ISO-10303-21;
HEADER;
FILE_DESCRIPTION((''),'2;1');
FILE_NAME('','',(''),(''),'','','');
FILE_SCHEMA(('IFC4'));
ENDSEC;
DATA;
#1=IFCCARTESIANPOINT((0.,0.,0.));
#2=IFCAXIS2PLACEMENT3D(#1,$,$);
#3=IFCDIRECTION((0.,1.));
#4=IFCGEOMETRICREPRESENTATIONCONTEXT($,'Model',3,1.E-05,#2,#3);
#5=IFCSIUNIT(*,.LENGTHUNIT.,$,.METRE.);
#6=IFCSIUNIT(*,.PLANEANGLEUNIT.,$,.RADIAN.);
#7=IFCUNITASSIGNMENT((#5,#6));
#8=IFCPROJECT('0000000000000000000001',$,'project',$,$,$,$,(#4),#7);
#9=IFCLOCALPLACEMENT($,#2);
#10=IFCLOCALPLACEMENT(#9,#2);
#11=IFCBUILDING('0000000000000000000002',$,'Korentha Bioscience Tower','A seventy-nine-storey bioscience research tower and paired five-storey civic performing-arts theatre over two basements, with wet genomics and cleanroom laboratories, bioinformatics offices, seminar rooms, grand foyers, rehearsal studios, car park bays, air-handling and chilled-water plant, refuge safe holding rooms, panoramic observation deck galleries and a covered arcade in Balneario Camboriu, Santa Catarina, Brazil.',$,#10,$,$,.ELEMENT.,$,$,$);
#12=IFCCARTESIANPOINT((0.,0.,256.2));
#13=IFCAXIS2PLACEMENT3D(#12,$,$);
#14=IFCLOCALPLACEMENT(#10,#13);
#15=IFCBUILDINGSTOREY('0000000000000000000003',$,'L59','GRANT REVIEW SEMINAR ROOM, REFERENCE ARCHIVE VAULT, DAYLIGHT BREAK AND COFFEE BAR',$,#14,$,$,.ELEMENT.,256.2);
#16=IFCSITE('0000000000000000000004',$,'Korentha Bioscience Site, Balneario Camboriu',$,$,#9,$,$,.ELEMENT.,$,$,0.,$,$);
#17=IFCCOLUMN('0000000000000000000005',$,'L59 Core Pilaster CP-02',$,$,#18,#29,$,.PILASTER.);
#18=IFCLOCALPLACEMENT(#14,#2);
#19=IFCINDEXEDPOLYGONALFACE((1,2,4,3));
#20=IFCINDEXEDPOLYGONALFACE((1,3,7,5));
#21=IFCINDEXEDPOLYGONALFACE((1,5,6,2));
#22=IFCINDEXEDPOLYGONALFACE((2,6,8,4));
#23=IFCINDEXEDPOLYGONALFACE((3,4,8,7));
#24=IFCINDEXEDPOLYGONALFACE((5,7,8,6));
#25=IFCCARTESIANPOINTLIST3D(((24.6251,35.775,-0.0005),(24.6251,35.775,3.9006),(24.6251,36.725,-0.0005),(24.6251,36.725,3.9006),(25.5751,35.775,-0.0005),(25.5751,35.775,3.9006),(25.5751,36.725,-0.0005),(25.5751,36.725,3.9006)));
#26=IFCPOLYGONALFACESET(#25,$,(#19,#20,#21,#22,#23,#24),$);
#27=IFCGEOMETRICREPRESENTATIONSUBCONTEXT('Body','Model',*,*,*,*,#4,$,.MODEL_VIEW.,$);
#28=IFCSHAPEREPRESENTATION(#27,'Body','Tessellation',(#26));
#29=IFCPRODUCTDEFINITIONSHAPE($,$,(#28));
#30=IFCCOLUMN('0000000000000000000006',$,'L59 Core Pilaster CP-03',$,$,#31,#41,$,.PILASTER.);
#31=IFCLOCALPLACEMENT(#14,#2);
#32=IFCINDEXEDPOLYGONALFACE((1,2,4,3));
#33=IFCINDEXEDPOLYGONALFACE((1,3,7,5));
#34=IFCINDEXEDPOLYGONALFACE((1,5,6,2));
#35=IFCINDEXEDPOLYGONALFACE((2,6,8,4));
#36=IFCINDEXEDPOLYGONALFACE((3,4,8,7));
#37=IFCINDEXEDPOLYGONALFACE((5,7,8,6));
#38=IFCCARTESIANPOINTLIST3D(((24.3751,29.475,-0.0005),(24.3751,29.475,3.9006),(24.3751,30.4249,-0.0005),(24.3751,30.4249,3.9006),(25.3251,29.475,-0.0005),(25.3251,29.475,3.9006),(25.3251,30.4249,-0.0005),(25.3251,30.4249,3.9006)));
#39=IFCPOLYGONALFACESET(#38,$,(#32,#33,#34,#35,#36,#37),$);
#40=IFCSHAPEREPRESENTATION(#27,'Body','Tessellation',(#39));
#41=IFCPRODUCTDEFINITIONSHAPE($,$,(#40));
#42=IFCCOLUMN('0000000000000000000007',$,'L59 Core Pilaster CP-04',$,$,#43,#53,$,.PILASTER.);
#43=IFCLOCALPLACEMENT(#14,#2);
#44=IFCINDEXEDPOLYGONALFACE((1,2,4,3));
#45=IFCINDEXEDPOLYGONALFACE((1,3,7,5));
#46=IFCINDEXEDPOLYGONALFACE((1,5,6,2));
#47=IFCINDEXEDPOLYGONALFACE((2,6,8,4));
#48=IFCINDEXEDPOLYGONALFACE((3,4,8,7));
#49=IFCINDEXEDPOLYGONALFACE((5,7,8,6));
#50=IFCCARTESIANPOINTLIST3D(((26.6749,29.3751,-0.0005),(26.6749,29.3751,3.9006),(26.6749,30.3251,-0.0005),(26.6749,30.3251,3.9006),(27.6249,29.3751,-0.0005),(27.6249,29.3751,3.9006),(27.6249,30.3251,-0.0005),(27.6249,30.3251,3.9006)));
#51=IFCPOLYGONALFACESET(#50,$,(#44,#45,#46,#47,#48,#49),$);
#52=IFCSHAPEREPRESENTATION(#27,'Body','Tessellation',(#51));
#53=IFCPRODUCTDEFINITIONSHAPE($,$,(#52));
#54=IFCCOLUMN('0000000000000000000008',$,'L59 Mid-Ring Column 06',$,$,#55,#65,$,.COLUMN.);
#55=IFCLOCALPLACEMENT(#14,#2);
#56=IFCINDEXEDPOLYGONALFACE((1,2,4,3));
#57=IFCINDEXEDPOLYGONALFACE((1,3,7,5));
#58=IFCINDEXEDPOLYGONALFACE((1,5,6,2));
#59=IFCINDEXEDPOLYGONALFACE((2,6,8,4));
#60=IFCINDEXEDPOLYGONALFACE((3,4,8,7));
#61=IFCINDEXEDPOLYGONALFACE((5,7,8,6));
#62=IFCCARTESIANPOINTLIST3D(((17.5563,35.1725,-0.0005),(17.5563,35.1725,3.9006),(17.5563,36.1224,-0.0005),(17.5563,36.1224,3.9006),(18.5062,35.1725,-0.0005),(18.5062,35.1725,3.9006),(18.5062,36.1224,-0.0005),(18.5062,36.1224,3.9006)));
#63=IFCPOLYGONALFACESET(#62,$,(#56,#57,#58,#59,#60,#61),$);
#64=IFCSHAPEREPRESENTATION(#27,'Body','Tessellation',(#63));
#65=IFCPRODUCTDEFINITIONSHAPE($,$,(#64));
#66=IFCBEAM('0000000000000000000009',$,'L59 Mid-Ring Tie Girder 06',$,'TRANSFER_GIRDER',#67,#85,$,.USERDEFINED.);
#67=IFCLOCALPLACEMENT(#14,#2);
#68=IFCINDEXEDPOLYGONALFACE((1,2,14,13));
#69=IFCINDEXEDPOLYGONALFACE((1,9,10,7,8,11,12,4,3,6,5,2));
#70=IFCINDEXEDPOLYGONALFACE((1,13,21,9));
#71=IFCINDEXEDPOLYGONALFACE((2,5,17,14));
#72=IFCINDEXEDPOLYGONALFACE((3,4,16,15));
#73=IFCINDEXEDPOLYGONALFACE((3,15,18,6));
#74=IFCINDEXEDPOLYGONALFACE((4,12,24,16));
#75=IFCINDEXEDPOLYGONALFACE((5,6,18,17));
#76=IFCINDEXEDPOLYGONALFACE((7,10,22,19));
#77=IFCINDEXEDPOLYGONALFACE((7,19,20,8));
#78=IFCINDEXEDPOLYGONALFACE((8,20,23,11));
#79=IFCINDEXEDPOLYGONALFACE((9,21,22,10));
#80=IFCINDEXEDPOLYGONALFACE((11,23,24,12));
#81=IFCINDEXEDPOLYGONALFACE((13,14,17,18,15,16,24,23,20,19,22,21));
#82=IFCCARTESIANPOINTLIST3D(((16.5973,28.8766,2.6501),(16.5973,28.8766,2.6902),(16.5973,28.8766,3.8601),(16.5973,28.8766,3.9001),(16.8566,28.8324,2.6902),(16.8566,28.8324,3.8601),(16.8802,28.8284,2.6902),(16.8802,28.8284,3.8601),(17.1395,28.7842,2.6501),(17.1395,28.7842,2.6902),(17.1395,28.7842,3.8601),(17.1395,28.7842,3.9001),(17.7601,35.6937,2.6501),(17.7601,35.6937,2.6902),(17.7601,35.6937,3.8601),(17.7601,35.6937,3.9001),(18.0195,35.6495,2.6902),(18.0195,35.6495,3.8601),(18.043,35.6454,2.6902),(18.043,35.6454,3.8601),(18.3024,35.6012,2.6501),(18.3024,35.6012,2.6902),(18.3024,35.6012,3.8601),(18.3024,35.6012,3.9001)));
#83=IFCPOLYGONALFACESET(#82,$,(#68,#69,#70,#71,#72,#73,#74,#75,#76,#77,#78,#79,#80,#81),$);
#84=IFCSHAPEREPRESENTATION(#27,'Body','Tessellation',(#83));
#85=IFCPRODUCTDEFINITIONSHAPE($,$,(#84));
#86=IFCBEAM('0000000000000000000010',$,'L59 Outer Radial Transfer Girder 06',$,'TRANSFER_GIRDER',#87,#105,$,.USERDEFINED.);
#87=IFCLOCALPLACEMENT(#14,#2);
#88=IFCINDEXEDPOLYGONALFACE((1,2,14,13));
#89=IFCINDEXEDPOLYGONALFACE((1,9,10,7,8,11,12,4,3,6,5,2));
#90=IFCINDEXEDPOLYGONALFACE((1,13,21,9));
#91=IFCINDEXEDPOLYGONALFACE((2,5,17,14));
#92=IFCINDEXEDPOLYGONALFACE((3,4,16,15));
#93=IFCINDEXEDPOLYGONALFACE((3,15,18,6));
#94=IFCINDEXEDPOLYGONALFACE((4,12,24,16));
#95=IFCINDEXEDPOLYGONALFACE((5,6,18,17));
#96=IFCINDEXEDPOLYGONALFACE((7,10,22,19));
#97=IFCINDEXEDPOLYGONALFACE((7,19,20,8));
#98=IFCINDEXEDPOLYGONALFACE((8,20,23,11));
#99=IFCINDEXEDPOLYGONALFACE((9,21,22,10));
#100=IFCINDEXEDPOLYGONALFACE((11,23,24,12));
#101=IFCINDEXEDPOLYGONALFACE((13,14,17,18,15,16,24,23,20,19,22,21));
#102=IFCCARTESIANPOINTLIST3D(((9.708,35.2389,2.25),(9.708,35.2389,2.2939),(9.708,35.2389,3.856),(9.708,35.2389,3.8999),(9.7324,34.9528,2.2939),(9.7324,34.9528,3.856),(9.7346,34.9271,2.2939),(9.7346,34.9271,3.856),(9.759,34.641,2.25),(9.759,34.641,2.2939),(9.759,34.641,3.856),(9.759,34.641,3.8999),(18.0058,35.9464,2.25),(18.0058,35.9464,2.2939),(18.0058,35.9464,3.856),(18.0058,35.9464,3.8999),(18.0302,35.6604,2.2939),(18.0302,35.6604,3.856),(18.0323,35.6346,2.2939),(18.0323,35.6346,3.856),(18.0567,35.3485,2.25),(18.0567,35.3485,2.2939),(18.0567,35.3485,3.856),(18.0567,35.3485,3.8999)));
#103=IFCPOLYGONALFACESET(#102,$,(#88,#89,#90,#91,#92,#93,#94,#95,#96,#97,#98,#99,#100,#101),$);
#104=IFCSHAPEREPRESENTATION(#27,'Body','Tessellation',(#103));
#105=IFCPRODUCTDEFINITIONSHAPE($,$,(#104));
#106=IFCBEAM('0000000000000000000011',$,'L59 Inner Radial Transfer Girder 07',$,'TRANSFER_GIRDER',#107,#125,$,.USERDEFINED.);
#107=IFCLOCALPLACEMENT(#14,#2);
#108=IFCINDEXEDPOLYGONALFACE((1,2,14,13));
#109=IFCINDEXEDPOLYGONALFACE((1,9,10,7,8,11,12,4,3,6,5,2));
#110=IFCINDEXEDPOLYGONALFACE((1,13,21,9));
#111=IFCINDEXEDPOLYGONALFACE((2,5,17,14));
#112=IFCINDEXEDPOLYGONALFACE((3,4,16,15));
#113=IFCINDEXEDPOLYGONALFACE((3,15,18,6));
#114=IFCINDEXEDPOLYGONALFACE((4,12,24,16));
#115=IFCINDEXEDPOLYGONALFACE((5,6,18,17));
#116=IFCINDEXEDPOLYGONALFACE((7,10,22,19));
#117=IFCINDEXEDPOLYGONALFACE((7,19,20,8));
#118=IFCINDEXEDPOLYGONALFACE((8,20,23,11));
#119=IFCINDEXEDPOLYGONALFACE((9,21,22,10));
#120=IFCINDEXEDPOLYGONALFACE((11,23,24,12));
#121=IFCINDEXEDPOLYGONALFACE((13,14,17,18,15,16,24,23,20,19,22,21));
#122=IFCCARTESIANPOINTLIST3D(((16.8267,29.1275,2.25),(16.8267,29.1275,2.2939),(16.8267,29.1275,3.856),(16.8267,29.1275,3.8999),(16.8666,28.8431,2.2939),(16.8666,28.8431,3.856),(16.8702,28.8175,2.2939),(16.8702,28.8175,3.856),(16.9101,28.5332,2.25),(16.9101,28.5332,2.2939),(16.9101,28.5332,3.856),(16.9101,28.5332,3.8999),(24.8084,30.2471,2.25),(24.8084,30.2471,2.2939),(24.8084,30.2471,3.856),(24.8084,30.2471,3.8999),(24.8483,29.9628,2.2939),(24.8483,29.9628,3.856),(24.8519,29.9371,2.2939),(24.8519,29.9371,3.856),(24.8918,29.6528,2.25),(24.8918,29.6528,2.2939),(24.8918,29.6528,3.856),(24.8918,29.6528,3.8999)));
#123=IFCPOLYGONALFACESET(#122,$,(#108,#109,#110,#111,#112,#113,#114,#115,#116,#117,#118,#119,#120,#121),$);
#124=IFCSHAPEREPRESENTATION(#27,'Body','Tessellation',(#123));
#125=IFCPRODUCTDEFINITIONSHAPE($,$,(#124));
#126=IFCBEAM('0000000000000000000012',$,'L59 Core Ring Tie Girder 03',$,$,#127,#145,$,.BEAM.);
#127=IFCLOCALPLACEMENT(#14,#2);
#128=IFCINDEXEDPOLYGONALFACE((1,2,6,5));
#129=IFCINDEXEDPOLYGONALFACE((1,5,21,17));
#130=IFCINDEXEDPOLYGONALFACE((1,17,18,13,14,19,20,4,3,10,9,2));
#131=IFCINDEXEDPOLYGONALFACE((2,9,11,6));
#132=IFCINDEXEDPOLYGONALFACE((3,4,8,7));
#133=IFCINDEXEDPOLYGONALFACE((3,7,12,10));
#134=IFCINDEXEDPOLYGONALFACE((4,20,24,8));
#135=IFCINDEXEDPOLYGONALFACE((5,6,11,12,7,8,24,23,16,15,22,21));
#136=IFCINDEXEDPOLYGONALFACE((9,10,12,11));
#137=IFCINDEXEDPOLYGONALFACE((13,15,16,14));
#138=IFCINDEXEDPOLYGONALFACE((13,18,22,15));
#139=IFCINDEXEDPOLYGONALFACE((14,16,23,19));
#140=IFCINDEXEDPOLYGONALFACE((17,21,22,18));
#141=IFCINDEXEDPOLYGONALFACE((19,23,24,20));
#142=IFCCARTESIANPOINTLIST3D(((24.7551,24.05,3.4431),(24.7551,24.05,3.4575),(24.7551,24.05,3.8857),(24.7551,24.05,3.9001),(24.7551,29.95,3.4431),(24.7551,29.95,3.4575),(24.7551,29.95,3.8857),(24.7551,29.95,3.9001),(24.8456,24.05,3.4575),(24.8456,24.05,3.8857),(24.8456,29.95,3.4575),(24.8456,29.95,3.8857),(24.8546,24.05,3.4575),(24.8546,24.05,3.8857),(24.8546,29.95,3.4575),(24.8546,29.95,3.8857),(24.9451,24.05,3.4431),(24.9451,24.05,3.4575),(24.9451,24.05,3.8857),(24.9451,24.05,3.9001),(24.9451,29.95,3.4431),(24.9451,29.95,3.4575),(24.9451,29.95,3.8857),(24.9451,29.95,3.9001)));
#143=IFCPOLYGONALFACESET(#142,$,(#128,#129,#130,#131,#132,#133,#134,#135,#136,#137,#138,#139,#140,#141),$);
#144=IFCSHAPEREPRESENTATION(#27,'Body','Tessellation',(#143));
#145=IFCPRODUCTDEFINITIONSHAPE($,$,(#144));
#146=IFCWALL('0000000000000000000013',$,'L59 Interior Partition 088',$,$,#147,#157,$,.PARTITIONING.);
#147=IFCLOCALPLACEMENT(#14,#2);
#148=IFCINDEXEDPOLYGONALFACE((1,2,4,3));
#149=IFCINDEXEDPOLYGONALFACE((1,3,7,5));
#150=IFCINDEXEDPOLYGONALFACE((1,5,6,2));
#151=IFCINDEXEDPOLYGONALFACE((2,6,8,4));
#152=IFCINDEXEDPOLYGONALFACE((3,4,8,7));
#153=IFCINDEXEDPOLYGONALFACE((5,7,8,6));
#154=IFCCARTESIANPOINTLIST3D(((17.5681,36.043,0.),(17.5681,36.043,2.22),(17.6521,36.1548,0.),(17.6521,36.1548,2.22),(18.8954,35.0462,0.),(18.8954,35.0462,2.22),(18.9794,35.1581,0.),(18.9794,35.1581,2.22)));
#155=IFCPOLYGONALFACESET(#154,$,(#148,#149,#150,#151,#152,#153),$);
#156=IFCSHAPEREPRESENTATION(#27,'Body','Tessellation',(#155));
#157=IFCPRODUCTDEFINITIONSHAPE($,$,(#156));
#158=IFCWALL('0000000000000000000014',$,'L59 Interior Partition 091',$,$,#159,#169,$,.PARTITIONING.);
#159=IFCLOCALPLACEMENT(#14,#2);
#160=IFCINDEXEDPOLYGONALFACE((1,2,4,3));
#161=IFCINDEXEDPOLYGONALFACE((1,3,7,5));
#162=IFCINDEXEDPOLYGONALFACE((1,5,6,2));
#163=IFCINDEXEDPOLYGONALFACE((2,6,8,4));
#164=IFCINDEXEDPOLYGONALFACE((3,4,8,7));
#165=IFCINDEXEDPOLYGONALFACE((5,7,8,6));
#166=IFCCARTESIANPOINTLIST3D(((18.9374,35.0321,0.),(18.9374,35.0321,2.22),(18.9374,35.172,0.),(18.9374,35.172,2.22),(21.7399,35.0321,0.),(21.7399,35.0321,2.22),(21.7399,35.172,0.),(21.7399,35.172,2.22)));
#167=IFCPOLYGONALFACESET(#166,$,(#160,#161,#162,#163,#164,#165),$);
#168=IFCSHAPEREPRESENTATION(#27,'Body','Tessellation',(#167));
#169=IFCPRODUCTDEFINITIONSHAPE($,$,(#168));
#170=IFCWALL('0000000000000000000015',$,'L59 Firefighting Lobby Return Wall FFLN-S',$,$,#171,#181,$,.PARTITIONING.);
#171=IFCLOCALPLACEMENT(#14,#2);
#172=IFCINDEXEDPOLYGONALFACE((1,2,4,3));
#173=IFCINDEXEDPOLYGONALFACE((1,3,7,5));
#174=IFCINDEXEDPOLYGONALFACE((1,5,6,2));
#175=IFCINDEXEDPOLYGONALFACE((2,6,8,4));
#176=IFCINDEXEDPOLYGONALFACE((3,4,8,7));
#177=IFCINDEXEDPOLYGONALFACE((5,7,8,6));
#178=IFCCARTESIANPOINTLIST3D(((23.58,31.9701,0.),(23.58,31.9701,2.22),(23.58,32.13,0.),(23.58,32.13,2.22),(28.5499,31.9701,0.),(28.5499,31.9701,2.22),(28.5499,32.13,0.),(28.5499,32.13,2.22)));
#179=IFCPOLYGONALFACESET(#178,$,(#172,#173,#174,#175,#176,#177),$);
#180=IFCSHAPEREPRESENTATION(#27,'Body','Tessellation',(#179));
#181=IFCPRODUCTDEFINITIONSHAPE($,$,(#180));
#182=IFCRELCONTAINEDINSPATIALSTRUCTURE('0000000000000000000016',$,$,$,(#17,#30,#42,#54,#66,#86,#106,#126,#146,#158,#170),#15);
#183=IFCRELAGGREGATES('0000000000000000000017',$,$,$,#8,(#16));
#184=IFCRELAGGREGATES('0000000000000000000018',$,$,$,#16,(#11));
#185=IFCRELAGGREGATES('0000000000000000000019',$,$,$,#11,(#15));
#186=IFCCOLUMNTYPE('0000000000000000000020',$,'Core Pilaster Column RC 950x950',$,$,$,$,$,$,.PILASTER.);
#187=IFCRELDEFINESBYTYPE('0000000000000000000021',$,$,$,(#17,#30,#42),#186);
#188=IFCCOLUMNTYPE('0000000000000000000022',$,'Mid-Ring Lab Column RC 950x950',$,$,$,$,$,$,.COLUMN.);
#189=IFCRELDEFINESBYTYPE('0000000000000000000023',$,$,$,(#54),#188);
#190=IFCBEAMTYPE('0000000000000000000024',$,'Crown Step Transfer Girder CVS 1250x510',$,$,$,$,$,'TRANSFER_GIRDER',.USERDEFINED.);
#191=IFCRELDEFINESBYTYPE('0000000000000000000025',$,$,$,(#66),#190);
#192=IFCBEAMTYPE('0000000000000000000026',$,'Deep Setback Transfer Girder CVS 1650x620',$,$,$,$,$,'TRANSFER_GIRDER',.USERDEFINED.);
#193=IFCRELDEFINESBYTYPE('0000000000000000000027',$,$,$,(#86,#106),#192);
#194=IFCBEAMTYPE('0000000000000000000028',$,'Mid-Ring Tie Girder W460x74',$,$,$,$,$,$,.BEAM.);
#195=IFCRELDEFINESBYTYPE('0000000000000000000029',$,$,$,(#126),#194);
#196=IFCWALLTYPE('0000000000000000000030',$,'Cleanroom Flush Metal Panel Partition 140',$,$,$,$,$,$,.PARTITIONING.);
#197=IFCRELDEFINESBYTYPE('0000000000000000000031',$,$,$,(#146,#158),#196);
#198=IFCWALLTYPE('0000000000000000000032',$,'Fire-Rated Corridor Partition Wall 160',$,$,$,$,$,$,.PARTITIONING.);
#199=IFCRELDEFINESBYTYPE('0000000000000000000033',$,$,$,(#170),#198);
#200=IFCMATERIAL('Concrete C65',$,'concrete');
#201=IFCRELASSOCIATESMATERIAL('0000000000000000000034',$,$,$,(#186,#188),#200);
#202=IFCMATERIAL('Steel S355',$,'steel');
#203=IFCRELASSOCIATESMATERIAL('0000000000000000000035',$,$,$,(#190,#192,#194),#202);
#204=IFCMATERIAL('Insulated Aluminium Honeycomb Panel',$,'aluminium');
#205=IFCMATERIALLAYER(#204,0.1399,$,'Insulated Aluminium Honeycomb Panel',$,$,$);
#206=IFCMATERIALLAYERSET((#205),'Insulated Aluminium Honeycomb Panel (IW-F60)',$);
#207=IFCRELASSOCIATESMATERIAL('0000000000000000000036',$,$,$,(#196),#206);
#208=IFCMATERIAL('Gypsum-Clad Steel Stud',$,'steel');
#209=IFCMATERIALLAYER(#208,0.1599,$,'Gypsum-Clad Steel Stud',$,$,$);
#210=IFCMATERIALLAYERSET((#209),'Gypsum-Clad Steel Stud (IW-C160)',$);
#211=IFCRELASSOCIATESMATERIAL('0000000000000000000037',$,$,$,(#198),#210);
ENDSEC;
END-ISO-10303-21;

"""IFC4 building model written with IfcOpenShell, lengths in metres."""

from ifc_helpers import new_model, si_unit, direction, frame, frame_2d, origin, origin_2d, place, context, subcontext, project, spatial, rectangle, i_section, extrude, material, layer, layer_set, material_profile, profile_set, type_object, element, save


model = new_model("IFC4")

# Units and contexts
model_context = context("Model", 3, precision=1e-05, world=origin(), true_north=direction((0.0, 1.0)))
body_context = subcontext(model_context, "Body", "Model", "MODEL_VIEW")
ifc_project = project(units=[si_unit("LENGTHUNIT", "METRE"), si_unit("PLANEANGLEUNIT", "RADIAN")], contexts=[model_context])

# Site, building, storey
site_placement = place(None, origin())
site = spatial("IfcSite", under=ifc_project, at=site_placement, Name="Korentha Bioscience Site, Balneario Camboriu", CompositionType="ELEMENT", RefElevation=0.0)
building_placement = place(site_placement, origin())
building = spatial("IfcBuilding", under=site, at=building_placement, Name="Korentha Bioscience Tower", Description="A seventy-nine-storey bioscience research tower and paired five-storey civic performing-arts theatre over two basements, with wet genomics and cleanroom laboratories, bioinformatics offices, seminar rooms, grand foyers, rehearsal studios, car park bays, air-handling and chilled-water plant, refuge safe holding rooms, panoramic observation deck galleries and a covered arcade in Balneario Camboriu, Santa Catarina, Brazil.", CompositionType="ELEMENT")
storey_placement = place(building_placement, frame((0.0, 0.0, 256.2)))
storey = spatial("IfcBuildingStorey", under=building, at=storey_placement, Name="L59", Description="GRANT REVIEW SEMINAR ROOM, REFERENCE ARCHIVE VAULT, DAYLIGHT BREAK AND COFFEE BAR", CompositionType="ELEMENT", Elevation=256.2)

# Columns
ifc_material_1 = material(Name="Concrete C65", Category="concrete")
ifc_material_profile_1 = material_profile(ifc_material_1, rectangle(XDim=0.95, YDim=0.95, at=origin_2d()), Name="Concrete C65")
ifc_profile_set_1 = profile_set([ifc_material_profile_1], Name="Concrete C65 (COL-CP09)")
column_type_1 = type_object("IfcColumnType", Name="Core Pilaster Column RC 950x950", PredefinedType="PILASTER", material=ifc_profile_set_1)
for number, where, z_axis, x_axis, name in (
    (1, (25.1001, 36.25, -0.0005), (0.0, 0.0, 1.0), (1.0, 0.0, 0.0), "L59 Core Pilaster CP-02"),
    (2, (24.8501, 29.95, -0.0005), (0.0, 0.0, 1.0), (1.0, 0.0, 0.0), "L59 Core Pilaster CP-03"),
    (3, (27.1499, 29.8501, -0.0005), (0.0, 0.0, 1.0), (1.0, 0.0, 0.0), "L59 Core Pilaster CP-04"),
):
    element("IfcColumn", number, at=place(storey_placement, frame(where, z_axis=z_axis, x_axis=x_axis)), inside=storey, type_object=column_type_1, Name=name, PredefinedType="PILASTER", context=body_context, shape_type="SweptSolid", body=[
        extrude(rectangle(XDim=0.95, YDim=0.95, at=origin_2d()), origin(), (0.0, 0.0, 1.0), 3.9011),
    ])
ifc_material_profile_2 = material_profile(ifc_material_1, rectangle(XDim=0.95, YDim=0.95, at=origin_2d()), Name="Concrete C65")
ifc_profile_set_2 = profile_set([ifc_material_profile_2], Name="Concrete C65 (COL-MR09)")
column_type_2 = type_object("IfcColumnType", Name="Mid-Ring Lab Column RC 950x950", PredefinedType="COLUMN", material=ifc_profile_set_2)
column_placement = place(storey_placement, frame((18.0312, 35.6475, -0.0005), z_axis=(0.0, 0.0, 1.0), x_axis=(1.0, 0.0, 0.0)))
element("IfcColumn", 4, at=column_placement, inside=storey, type_object=column_type_2, Name="L59 Mid-Ring Column 06", PredefinedType="COLUMN", context=body_context, shape_type="SweptSolid", body=[
    extrude(rectangle(XDim=0.95, YDim=0.95, at=origin_2d()), origin(), (0.0, 0.0, 1.0), 3.9011),
])

# Beams
ifc_material_2 = material(Name="Steel S355", Category="steel")
ifc_material_profile_3 = material_profile(ifc_material_2, i_section(OverallWidth=0.55, OverallDepth=1.25, WebThickness=0.0239, FlangeThickness=0.04, at=origin_2d()), Name="Steel S355")
ifc_profile_set_3 = profile_set([ifc_material_profile_3], Name="Steel S355 (TG-03)")
beam_type_1 = type_object("IfcBeamType", Name="Crown Step Transfer Girder CVS 1250x510", ElementType="TRANSFER_GIRDER", PredefinedType="USERDEFINED", material=ifc_profile_set_3)
beam_1_placement = place(storey_placement, frame((18.0312, 35.6475, 3.2751), z_axis=(-0.168148, -0.985762, 0.0), x_axis=(0.985762, -0.168148, 0.0)))
element("IfcBeam", 5, at=beam_1_placement, inside=storey, type_object=beam_type_1, Name="L59 Mid-Ring Tie Girder 06", ObjectType="TRANSFER_GIRDER", PredefinedType="USERDEFINED", context=body_context, shape_type="SweptSolid", body=[
    extrude(i_section(OverallWidth=0.55, OverallDepth=1.25, WebThickness=0.0239, FlangeThickness=0.04, at=origin_2d()), origin(), (0.0, 0.0, 1.0), 6.9155),
])
ifc_material_profile_4 = material_profile(ifc_material_2, i_section(OverallWidth=0.6001, OverallDepth=1.6499, WebThickness=0.0259, FlangeThickness=0.0439, at=origin_2d()), Name="Steel S355")
ifc_profile_set_4 = profile_set([ifc_material_profile_4], Name="Steel S355 (TG-04)")
beam_type_2 = type_object("IfcBeamType", Name="Deep Setback Transfer Girder CVS 1650x620", ElementType="TRANSFER_GIRDER", PredefinedType="USERDEFINED", material=ifc_profile_set_4)
beam_2_placement = place(storey_placement, frame((18.0312, 35.6475, 3.075), z_axis=(-0.996385, -0.084957, 0.0), x_axis=(0.084957, -0.996385, 0.0)))
element("IfcBeam", 6, at=beam_2_placement, inside=storey, type_object=beam_type_2, Name="L59 Outer Radial Transfer Girder 06", ObjectType="TRANSFER_GIRDER", PredefinedType="USERDEFINED", context=body_context, shape_type="SweptSolid", body=[
    extrude(i_section(OverallWidth=0.6001, OverallDepth=1.6499, WebThickness=0.0259, FlangeThickness=0.0439, at=origin_2d()), origin(), (0.0, 0.0, 1.0), 8.3279),
])
beam_3_placement = place(storey_placement, frame((24.8501, 29.95, 3.075), z_axis=(-0.990304, -0.138915, 0.0), x_axis=(0.138915, -0.990304, 0.0)))
element("IfcBeam", 7, at=beam_3_placement, inside=storey, type_object=beam_type_2, Name="L59 Inner Radial Transfer Girder 07", ObjectType="TRANSFER_GIRDER", PredefinedType="USERDEFINED", context=body_context, shape_type="SweptSolid", body=[
    extrude(i_section(OverallWidth=0.6001, OverallDepth=1.6499, WebThickness=0.0259, FlangeThickness=0.0439, at=origin_2d()), origin(), (0.0, 0.0, 1.0), 8.0598),
])
ifc_material_profile_5 = material_profile(ifc_material_2, i_section(OverallWidth=0.1899, OverallDepth=0.457, WebThickness=0.009, FlangeThickness=0.0144, at=origin_2d()), Name="Steel S355")
ifc_profile_set_5 = profile_set([ifc_material_profile_5], Name="Steel S355 (MB-460)")
beam_type_3 = type_object("IfcBeamType", Name="Mid-Ring Tie Girder W460x74", PredefinedType="BEAM", material=ifc_profile_set_5)
beam_4_placement = place(storey_placement, frame((24.8501, 29.95, 3.6716), z_axis=(0.0, -1.0, 0.0), x_axis=(1.0, 0.0, 0.0)))
element("IfcBeam", 8, at=beam_4_placement, inside=storey, type_object=beam_type_3, Name="L59 Core Ring Tie Girder 03", PredefinedType="BEAM", context=body_context, shape_type="SweptSolid", body=[
    extrude(i_section(OverallWidth=0.1899, OverallDepth=0.457, WebThickness=0.009, FlangeThickness=0.0144, at=origin_2d()), origin(), (0.0, 0.0, 1.0), 5.8999),
])

# Walls
ifc_material_3 = material(Name="Insulated Aluminium Honeycomb Panel", Category="aluminium")
ifc_layer_1 = layer(ifc_material_3, 0.1399, Name="Insulated Aluminium Honeycomb Panel")
ifc_layer_set_1 = layer_set([ifc_layer_1], Name="Insulated Aluminium Honeycomb Panel (IW-F60)")
wall_type_1 = type_object("IfcWallType", Name="Cleanroom Flush Metal Panel Partition 140", PredefinedType="PARTITIONING", material=ifc_layer_set_1)
wall_1_placement = place(storey_placement, frame((18.9375, 35.1021, 0.0), z_axis=(0.0, 0.0, 1.0), x_axis=(-0.799629, 0.600494, 0.0)))
element("IfcWall", 9, at=wall_1_placement, inside=storey, type_object=wall_type_1, Name="L59 Interior Partition 088", PredefinedType="PARTITIONING", context=body_context, shape_type="SweptSolid", body=[
    extrude(rectangle(XDim=1.6599, YDim=0.1399, at=frame_2d((0.8301, 0.0))), origin(), (0.0, 0.0, 1.0), 2.22),
])
wall_2_placement = place(storey_placement, frame((21.74, 35.1021, 0.0), z_axis=(0.0, 0.0, 1.0), x_axis=(-1.0, 0.0, 0.0)))
element("IfcWall", 10, at=wall_2_placement, inside=storey, type_object=wall_type_1, Name="L59 Interior Partition 091", PredefinedType="PARTITIONING", context=body_context, shape_type="SweptSolid", body=[
    extrude(rectangle(XDim=2.8025, YDim=0.1399, at=frame_2d((1.4014, 0.0))), origin(), (0.0, 0.0, 1.0), 2.22),
])

# Shared definitions
ifc_material_4 = material(Name="Gypsum-Clad Steel Stud", Category="steel")
ifc_layer_2 = layer(ifc_material_4, 0.1599, Name="Gypsum-Clad Steel Stud")
ifc_layer_set_2 = layer_set([ifc_layer_2], Name="Gypsum-Clad Steel Stud (IW-C160)")
wall_type_2 = type_object("IfcWallType", Name="Fire-Rated Corridor Partition Wall 160", PredefinedType="PARTITIONING", material=ifc_layer_set_2)

# Wall
wall_3_placement = place(storey_placement, frame((23.5801, 32.05, 0.0), z_axis=(0.0, 0.0, 1.0), x_axis=(1.0, 0.0, 0.0)))
element("IfcWall", 11, at=wall_3_placement, inside=storey, type_object=wall_type_2, Name="L59 Firefighting Lobby Return Wall FFLN-S", PredefinedType="PARTITIONING", context=body_context, shape_type="SweptSolid", body=[
    extrude(rectangle(XDim=4.97, YDim=0.1599, at=frame_2d((2.4849, 0.0))), origin(), (0.0, 0.0, 1.0), 2.22),
])

save(model, "model.ifc")
